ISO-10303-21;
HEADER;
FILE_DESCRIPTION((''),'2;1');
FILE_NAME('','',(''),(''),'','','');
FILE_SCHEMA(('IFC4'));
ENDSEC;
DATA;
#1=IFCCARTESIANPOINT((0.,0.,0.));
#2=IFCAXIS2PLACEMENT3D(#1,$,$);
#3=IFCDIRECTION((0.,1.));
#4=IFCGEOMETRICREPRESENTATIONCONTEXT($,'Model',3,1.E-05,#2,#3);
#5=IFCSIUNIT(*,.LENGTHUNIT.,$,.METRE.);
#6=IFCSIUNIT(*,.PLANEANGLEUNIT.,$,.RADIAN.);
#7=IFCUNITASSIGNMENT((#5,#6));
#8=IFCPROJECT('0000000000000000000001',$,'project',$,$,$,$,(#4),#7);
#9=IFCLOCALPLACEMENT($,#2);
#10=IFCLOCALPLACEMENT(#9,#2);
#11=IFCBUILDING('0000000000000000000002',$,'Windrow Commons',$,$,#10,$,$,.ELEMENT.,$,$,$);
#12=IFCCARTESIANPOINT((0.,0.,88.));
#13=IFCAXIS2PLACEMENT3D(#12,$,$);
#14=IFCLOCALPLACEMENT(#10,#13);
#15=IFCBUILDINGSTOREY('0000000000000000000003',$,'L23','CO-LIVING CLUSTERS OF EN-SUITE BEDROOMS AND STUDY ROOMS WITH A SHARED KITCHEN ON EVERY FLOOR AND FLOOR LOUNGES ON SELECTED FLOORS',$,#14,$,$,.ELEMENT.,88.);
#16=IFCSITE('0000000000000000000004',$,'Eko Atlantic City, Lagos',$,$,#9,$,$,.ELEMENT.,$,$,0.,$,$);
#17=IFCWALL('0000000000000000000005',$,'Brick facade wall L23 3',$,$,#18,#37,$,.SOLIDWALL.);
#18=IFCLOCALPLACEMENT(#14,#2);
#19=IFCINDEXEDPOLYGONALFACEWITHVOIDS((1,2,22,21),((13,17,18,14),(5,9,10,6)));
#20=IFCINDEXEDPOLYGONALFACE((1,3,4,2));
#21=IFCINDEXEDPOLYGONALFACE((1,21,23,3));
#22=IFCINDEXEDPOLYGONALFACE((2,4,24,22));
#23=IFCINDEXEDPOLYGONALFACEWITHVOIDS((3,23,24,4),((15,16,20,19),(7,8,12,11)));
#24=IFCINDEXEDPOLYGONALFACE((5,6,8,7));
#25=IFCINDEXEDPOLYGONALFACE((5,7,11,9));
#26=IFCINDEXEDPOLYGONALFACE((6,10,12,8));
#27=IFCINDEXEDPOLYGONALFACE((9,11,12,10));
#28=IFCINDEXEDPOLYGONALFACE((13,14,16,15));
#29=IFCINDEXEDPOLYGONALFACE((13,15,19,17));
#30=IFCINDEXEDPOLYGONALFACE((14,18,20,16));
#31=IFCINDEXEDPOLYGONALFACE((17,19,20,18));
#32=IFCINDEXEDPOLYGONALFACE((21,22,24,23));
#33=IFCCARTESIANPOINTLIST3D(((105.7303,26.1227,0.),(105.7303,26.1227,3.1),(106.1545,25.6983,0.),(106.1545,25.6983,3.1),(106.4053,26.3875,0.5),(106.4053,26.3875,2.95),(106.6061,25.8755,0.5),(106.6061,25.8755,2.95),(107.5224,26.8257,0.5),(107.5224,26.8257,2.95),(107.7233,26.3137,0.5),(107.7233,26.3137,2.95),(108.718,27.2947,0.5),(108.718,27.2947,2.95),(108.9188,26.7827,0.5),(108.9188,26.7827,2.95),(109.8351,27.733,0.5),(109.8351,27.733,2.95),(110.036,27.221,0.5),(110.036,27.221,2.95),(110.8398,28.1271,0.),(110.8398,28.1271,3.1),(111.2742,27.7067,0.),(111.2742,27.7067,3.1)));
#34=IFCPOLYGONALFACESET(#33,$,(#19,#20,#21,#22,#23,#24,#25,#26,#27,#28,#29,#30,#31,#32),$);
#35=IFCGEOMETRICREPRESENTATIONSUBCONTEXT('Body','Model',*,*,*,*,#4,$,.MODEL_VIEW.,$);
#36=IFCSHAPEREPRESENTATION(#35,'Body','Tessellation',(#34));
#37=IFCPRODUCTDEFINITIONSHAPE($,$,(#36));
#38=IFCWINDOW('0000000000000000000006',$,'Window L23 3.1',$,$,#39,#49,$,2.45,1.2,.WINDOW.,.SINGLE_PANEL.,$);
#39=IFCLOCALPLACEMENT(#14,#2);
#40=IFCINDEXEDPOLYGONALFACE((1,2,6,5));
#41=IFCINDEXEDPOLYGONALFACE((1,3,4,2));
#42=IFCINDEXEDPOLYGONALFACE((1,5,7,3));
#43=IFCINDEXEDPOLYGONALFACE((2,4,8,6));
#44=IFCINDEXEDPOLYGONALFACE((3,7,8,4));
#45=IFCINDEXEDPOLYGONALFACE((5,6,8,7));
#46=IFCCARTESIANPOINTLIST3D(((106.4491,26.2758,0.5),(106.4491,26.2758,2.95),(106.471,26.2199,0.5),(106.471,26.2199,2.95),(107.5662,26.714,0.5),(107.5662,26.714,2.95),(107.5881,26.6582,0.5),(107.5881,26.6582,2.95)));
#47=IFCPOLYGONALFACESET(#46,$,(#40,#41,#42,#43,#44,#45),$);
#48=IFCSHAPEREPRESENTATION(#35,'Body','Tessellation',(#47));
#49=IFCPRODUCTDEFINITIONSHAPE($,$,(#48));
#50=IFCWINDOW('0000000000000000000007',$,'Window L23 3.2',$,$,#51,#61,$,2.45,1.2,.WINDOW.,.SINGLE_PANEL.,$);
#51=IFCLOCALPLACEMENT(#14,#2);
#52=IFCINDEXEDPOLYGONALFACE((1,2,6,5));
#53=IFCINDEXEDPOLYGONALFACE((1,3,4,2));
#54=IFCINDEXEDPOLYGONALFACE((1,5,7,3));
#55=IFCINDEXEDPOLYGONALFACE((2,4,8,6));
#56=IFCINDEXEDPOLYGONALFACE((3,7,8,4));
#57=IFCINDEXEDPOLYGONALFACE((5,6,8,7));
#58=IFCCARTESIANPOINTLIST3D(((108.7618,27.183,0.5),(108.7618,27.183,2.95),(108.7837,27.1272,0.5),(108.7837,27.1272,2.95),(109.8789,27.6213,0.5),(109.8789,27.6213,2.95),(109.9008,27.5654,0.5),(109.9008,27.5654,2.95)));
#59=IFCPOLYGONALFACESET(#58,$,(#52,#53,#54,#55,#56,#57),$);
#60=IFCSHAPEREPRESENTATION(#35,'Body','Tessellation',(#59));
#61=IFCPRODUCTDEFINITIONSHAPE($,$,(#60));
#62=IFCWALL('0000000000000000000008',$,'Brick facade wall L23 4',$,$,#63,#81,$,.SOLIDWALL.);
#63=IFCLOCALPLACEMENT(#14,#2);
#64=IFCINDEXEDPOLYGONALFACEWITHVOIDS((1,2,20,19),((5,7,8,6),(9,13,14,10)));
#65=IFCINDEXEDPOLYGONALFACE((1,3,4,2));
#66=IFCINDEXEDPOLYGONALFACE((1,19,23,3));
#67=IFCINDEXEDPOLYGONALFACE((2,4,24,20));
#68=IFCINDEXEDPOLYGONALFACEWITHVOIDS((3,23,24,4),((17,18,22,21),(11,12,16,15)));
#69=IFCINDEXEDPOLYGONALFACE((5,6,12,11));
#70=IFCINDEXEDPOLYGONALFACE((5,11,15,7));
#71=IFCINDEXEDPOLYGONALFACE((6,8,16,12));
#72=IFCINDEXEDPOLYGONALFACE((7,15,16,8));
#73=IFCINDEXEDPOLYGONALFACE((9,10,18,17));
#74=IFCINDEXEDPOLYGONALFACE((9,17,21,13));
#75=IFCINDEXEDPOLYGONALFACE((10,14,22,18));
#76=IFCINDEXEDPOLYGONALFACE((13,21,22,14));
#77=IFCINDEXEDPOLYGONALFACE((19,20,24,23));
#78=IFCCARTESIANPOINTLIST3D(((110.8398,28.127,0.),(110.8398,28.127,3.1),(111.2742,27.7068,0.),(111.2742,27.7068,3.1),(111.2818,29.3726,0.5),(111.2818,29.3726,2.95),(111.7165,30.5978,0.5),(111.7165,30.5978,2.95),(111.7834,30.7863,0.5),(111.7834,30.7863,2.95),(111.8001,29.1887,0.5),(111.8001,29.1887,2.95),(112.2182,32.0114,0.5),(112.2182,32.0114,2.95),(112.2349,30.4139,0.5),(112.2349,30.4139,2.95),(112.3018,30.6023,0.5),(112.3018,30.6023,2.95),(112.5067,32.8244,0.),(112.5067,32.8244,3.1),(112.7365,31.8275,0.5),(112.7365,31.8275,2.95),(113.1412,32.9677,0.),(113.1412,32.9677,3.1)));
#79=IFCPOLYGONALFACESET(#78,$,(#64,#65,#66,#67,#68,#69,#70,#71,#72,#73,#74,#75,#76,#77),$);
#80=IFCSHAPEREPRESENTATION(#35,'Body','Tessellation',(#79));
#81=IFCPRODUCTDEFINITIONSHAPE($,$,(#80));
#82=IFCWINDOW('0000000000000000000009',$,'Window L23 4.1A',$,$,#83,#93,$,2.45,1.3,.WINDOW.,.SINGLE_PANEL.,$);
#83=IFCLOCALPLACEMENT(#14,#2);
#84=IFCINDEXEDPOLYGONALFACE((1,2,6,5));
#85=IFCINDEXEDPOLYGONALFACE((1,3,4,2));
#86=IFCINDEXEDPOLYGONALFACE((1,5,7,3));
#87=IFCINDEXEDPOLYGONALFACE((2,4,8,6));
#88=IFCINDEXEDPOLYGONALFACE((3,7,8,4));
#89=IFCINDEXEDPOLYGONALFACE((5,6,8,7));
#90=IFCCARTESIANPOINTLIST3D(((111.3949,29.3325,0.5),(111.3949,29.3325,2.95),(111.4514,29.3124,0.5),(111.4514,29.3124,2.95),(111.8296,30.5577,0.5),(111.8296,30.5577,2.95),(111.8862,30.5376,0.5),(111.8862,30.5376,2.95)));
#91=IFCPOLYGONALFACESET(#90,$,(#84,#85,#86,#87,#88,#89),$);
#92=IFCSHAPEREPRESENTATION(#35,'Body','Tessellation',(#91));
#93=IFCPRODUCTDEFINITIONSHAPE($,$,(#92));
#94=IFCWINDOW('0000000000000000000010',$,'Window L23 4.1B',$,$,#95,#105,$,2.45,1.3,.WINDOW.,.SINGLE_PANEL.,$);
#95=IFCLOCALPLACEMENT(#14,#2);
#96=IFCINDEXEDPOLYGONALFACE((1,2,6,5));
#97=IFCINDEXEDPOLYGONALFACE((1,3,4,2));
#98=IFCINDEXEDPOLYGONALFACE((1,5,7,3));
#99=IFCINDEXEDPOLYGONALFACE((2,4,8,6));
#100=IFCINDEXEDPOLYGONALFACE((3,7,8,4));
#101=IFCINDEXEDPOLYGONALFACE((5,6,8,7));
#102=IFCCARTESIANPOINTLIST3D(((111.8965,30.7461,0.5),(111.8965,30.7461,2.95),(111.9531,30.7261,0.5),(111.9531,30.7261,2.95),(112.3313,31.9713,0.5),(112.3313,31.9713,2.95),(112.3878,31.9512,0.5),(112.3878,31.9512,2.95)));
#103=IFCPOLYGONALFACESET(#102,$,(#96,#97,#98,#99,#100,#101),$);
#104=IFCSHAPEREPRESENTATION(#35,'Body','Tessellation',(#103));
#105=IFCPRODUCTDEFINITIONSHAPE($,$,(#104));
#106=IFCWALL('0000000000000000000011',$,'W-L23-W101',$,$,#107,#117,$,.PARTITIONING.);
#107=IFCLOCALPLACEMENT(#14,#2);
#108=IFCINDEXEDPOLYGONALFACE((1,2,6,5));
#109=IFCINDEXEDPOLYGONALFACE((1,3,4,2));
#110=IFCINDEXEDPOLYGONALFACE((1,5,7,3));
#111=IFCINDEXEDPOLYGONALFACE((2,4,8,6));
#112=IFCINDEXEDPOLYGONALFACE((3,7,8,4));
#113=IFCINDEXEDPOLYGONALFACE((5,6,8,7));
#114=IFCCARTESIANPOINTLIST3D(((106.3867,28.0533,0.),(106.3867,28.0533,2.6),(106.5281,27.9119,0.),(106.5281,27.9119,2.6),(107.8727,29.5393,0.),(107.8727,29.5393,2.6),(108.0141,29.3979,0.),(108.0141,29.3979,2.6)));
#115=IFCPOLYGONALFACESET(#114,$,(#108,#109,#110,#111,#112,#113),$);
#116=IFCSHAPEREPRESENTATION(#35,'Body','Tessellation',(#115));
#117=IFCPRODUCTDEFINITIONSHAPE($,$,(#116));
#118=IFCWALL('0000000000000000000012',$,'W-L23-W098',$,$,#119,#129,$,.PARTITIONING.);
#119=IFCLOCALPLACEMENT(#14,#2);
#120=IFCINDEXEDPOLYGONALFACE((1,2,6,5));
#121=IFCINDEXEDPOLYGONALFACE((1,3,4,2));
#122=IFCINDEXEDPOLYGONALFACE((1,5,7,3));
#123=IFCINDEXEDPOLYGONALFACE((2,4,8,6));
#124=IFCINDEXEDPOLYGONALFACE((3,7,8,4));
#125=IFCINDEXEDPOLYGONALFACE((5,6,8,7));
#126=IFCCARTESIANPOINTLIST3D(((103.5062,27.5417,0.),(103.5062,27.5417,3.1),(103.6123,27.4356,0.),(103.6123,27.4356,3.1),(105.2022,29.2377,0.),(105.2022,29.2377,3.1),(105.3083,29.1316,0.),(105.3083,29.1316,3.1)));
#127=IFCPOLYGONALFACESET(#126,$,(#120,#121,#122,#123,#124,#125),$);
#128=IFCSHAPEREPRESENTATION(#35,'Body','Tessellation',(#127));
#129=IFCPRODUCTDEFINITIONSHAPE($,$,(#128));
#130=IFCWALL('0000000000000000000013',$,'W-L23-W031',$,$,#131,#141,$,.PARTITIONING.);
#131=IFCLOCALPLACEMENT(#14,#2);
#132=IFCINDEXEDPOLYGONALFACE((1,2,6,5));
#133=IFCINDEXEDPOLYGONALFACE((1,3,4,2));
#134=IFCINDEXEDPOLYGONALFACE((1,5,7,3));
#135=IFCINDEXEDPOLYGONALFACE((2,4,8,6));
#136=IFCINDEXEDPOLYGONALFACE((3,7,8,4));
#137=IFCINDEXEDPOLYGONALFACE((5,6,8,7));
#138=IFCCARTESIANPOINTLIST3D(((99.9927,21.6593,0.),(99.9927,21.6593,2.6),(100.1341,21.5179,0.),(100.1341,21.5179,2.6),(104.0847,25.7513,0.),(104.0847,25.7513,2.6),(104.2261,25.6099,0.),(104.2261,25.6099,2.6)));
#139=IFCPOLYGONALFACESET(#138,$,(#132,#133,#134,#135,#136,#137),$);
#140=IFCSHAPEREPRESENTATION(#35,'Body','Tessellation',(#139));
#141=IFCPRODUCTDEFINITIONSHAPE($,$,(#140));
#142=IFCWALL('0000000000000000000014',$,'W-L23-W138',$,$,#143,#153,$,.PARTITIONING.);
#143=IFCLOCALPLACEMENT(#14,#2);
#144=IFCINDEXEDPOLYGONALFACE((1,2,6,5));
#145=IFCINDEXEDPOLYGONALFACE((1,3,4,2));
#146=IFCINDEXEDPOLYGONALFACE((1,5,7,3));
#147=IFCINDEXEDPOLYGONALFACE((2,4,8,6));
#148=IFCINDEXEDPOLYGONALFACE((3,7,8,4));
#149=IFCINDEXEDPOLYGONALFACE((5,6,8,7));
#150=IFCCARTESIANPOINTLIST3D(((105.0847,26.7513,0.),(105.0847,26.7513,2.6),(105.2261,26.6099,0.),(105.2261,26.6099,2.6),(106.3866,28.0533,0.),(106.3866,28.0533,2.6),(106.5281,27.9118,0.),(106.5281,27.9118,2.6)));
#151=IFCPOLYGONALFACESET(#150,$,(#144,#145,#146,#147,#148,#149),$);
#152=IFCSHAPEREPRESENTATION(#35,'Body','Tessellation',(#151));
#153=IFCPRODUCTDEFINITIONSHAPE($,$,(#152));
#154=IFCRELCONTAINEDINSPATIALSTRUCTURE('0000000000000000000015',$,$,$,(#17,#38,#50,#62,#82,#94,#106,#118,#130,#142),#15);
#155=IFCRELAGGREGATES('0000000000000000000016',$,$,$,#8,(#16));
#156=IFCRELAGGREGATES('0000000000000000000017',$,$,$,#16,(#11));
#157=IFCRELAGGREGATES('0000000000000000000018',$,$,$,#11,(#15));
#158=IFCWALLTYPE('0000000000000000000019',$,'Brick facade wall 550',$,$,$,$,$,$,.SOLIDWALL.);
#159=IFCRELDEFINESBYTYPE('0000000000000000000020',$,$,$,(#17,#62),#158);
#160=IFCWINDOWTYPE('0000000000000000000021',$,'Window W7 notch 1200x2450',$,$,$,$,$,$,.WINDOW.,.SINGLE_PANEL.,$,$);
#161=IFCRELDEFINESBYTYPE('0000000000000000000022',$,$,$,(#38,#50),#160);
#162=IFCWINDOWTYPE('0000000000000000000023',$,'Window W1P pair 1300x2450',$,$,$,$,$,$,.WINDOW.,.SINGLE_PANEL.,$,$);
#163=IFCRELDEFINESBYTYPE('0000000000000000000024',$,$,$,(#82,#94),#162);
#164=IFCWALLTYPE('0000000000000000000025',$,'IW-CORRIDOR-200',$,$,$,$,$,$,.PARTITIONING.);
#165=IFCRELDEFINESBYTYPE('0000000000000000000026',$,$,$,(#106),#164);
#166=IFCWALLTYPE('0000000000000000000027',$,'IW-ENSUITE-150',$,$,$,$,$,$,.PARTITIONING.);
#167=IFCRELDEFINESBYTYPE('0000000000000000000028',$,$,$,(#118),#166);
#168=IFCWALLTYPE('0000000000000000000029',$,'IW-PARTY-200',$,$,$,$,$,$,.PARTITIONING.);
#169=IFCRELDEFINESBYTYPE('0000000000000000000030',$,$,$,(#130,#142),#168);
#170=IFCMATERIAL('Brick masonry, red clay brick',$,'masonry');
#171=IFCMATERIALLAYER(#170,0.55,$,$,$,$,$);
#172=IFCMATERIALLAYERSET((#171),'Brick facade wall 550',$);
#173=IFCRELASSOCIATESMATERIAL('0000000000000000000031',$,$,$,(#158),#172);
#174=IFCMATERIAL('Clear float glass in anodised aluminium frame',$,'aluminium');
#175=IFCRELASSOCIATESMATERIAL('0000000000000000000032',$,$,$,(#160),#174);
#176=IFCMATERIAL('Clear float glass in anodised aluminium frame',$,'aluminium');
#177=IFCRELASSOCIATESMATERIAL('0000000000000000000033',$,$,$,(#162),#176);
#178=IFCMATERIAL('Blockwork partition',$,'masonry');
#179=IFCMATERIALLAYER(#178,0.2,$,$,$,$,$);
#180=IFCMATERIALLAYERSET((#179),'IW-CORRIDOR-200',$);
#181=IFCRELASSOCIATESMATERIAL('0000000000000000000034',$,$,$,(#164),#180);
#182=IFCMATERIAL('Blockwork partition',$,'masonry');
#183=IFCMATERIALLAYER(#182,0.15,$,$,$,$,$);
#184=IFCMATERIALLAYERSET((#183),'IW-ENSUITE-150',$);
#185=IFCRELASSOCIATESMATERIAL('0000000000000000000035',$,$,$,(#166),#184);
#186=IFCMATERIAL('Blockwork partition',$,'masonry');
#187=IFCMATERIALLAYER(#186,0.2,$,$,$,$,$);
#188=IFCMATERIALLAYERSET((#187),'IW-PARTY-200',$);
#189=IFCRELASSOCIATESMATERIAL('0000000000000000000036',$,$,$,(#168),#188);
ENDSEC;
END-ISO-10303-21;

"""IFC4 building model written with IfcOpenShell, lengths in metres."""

from ifc_helpers import new_model, si_unit, direction, frame, frame_2d, origin, place, context, subcontext, project, spatial, polyline, rectangle, outline, extrude, material, layer, layer_set, type_object, element, fill, save


model = new_model("IFC4")

# Units and contexts
model_context = context("Model", 3, precision=1e-05, world=origin(), true_north=direction((0.0, 1.0)))
body_context = subcontext(model_context, "Body", "Model", "MODEL_VIEW")
ifc_project = project(units=[si_unit("LENGTHUNIT", "METRE"), si_unit("PLANEANGLEUNIT", "RADIAN")], contexts=[model_context])

# Site, building, storey
site_placement = place(None, origin())
site = spatial("IfcSite", under=ifc_project, at=site_placement, Name="Eko Atlantic City, Lagos", CompositionType="ELEMENT", RefElevation=0.0)
building_placement = place(site_placement, origin())
building = spatial("IfcBuilding", under=site, at=building_placement, Name="Windrow Commons", CompositionType="ELEMENT")
storey_placement = place(building_placement, frame((0.0, 0.0, 88.0)))
storey = spatial("IfcBuildingStorey", under=building, at=storey_placement, Name="L23", Description="CO-LIVING CLUSTERS OF EN-SUITE BEDROOMS AND STUDY ROOMS WITH A SHARED KITCHEN ON EVERY FLOOR AND FLOOR LOUNGES ON SELECTED FLOORS", CompositionType="ELEMENT", Elevation=88.0)

# Walls, openings, windows
ifc_material_1 = material(Name="Brick masonry, red clay brick", Category="masonry")
ifc_layer_1 = layer(ifc_material_1, 0.55)
ifc_layer_set_1 = layer_set([ifc_layer_1], Name="Brick facade wall 550")
wall_type_1 = type_object("IfcWallType", Name="Brick facade wall 550", PredefinedType="SOLIDWALL", material=ifc_layer_set_1)
ifc_material_2 = material(Name="Clear float glass in anodised aluminium frame", Category="aluminium")
window_type_1 = type_object("IfcWindowType", Name="Window W7 notch 1200x2450", PartitioningType="SINGLE_PANEL", PredefinedType="WINDOW", material=ifc_material_2)
ifc_material_3 = material(Name="Clear float glass in anodised aluminium frame", Category="aluminium")
window_type_2 = type_object("IfcWindowType", Name="Window W1P pair 1300x2450", PartitioningType="SINGLE_PANEL", PredefinedType="WINDOW", material=ifc_material_3)
wall_1_placement = place(storey_placement, frame((105.9424, 25.9105, 0.0), z_axis=(0.0, 0.0, 1.0), x_axis=(0.930931, 0.365194, 0.0)))
wall_1 = element("IfcWall", 1, at=wall_1_placement, inside=storey, type_object=wall_type_1, Name="Brick facade wall L23 3", PredefinedType="SOLIDWALL", context=body_context, shape_type="SweptSolid", body=[
    extrude(outline(polyline([(0.12, -0.275), (5.6195, -0.275), (5.3686, 0.275), (-0.12, 0.275), (0.12, -0.275)])), origin(), (0.0, 0.0, 1.0), 3.1),
])
opening_1_placement = place(wall_1_placement, frame((0.6051, 0.0, 0.5)))
opening_1 = element("IfcOpeningElement", 2, at=opening_1_placement, cuts=wall_1, PredefinedType="OPENING", context=body_context, shape_type="SweptSolid", body=[
    extrude(rectangle(XDim=1.2, YDim=2.45, at=frame_2d((0.6, 1.225))), frame((0.0, 0.285, 0.0), z_axis=(0.0, -1.0, 0.0), x_axis=(1.0, 0.0, 0.0)), (0.0, 0.0, 1.0), 0.57),
])
opening_2_placement = place(wall_1_placement, frame((3.0894, 0.0, 0.5)))
opening_2 = element("IfcOpeningElement", 3, at=opening_2_placement, cuts=wall_1, PredefinedType="OPENING", context=body_context, shape_type="SweptSolid", body=[
    extrude(rectangle(XDim=1.2, YDim=2.45, at=frame_2d((0.6, 1.225))), frame((0.0, 0.285, 0.0), z_axis=(0.0, -1.0, 0.0), x_axis=(1.0, 0.0, 0.0)), (0.0, 0.0, 1.0), 0.57),
])
window_1_placement = place(opening_1_placement, origin())
window_1 = element("IfcWindow", 4, at=window_1_placement, inside=storey, type_object=window_type_1, Name="Window L23 3.1", OverallHeight=2.45, OverallWidth=1.2, PartitioningType="SINGLE_PANEL", PredefinedType="WINDOW", context=body_context, shape_type="SweptSolid", body=[
    extrude(rectangle(XDim=1.2, YDim=2.45, at=frame_2d((0.6, 1.225))), frame((0.0, 0.155, 0.0), z_axis=(0.0, -1.0, 0.0), x_axis=(1.0, 0.0, 0.0)), (0.0, 0.0, 1.0), 0.06),
])
fill(opening_1, window_1)
window_2_placement = place(opening_2_placement, origin())
window_2 = element("IfcWindow", 5, at=window_2_placement, inside=storey, type_object=window_type_1, Name="Window L23 3.2", OverallHeight=2.45, OverallWidth=1.2, PartitioningType="SINGLE_PANEL", PredefinedType="WINDOW", context=body_context, shape_type="SweptSolid", body=[
    extrude(rectangle(XDim=1.2, YDim=2.45, at=frame_2d((0.6, 1.225))), frame((0.0, 0.155, 0.0), z_axis=(0.0, -1.0, 0.0), x_axis=(1.0, 0.0, 0.0)), (0.0, 0.0, 1.0), 0.06),
])
fill(opening_2, window_2)
wall_2_placement = place(storey_placement, frame((111.057, 27.9169, 0.0), z_axis=(0.0, 0.0, 1.0), x_axis=(0.33443, 0.94242, 0.0)))
wall_2 = element("IfcWall", 6, at=wall_2_placement, inside=storey, type_object=wall_type_1, Name="Brick facade wall L23 4", PredefinedType="SOLIDWALL", context=body_context, shape_type="SweptSolid", body=[
    extrude(outline(polyline([(-0.1254, -0.275), (5.457, -0.275), (5.1097, 0.275), (0.1254, 0.275), (-0.1254, -0.275)])), origin(), (0.0, 0.0, 1.0), 3.1),
])
opening_3_placement = place(wall_2_placement, frame((1.4471, 0.0, 0.5)))
opening_3 = element("IfcOpeningElement", 7, at=opening_3_placement, cuts=wall_2, PredefinedType="OPENING", context=body_context, shape_type="SweptSolid", body=[
    extrude(rectangle(XDim=1.3, YDim=2.45, at=frame_2d((0.65, 1.225))), frame((0.0, 0.285, 0.0), z_axis=(0.0, -1.0, 0.0), x_axis=(1.0, 0.0, 0.0)), (0.0, 0.0, 1.0), 0.57),
])
opening_4_placement = place(wall_2_placement, frame((2.9471, 0.0, 0.5)))
opening_4 = element("IfcOpeningElement", 8, at=opening_4_placement, cuts=wall_2, PredefinedType="OPENING", context=body_context, shape_type="SweptSolid", body=[
    extrude(rectangle(XDim=1.3, YDim=2.45, at=frame_2d((0.65, 1.225))), frame((0.0, 0.285, 0.0), z_axis=(0.0, -1.0, 0.0), x_axis=(1.0, 0.0, 0.0)), (0.0, 0.0, 1.0), 0.57),
])
window_3_placement = place(opening_3_placement, origin())
window_3 = element("IfcWindow", 9, at=window_3_placement, inside=storey, type_object=window_type_2, Name="Window L23 4.1A", OverallHeight=2.45, OverallWidth=1.3, PartitioningType="SINGLE_PANEL", PredefinedType="WINDOW", context=body_context, shape_type="SweptSolid", body=[
    extrude(rectangle(XDim=1.3, YDim=2.45, at=frame_2d((0.65, 1.225))), frame((0.0, 0.155, 0.0), z_axis=(0.0, -1.0, 0.0), x_axis=(1.0, 0.0, 0.0)), (0.0, 0.0, 1.0), 0.06),
])
fill(opening_3, window_3)
window_4_placement = place(opening_4_placement, origin())
window_4 = element("IfcWindow", 10, at=window_4_placement, inside=storey, type_object=window_type_2, Name="Window L23 4.1B", OverallHeight=2.45, OverallWidth=1.3, PartitioningType="SINGLE_PANEL", PredefinedType="WINDOW", context=body_context, shape_type="SweptSolid", body=[
    extrude(rectangle(XDim=1.3, YDim=2.45, at=frame_2d((0.65, 1.225))), frame((0.0, 0.155, 0.0), z_axis=(0.0, -1.0, 0.0), x_axis=(1.0, 0.0, 0.0)), (0.0, 0.0, 1.0), 0.06),
])
fill(opening_4, window_4)

# Walls
ifc_material_4 = material(Name="Blockwork partition", Category="masonry")
ifc_layer_2 = layer(ifc_material_4, 0.2)
ifc_layer_set_2 = layer_set([ifc_layer_2], Name="IW-CORRIDOR-200")
wall_type_2 = type_object("IfcWallType", Name="IW-CORRIDOR-200", PredefinedType="PARTITIONING", material=ifc_layer_set_2)
wall_3_placement = place(storey_placement, frame((106.4574, 27.9826, 0.0), z_axis=(0.0, 0.0, 1.0), x_axis=(0.707107, 0.707107, 0.0)))
element("IfcWall", 11, at=wall_3_placement, inside=storey, type_object=wall_type_2, Name="W-L23-W101", PredefinedType="PARTITIONING", context=body_context, shape_type="SweptSolid", body=[
    extrude(rectangle(XDim=2.1015, YDim=0.2, at=frame_2d((1.0508, 0.0))), origin(), (0.0, 0.0, 1.0), 2.6),
])
ifc_material_5 = material(Name="Blockwork partition", Category="masonry")
ifc_layer_3 = layer(ifc_material_5, 0.15)
ifc_layer_set_3 = layer_set([ifc_layer_3], Name="IW-ENSUITE-150")
wall_type_3 = type_object("IfcWallType", Name="IW-ENSUITE-150", PredefinedType="PARTITIONING", material=ifc_layer_set_3)
wall_4_placement = place(storey_placement, frame((103.5593, 27.4887, 0.0), z_axis=(0.0, 0.0, 1.0), x_axis=(0.707107, 0.707107, 0.0)))
element("IfcWall", 12, at=wall_4_placement, inside=storey, type_object=wall_type_3, Name="W-L23-W098", PredefinedType="PARTITIONING", context=body_context, shape_type="SweptSolid", body=[
    extrude(rectangle(XDim=2.3985, YDim=0.15, at=frame_2d((1.1992, 0.0))), origin(), (0.0, 0.0, 1.0), 3.1),
])
ifc_material_6 = material(Name="Blockwork partition", Category="masonry")
ifc_layer_4 = layer(ifc_material_6, 0.2)
ifc_layer_set_4 = layer_set([ifc_layer_4], Name="IW-PARTY-200")
wall_type_4 = type_object("IfcWallType", Name="IW-PARTY-200", PredefinedType="PARTITIONING", material=ifc_layer_set_4)
wall_5_placement = place(storey_placement, frame((100.0634, 21.5886, 0.0), z_axis=(0.0, 0.0, 1.0), x_axis=(0.707107, 0.707107, 0.0)))
element("IfcWall", 13, at=wall_5_placement, inside=storey, type_object=wall_type_4, Name="W-L23-W031", PredefinedType="PARTITIONING", context=body_context, shape_type="SweptSolid", body=[
    extrude(rectangle(XDim=5.787, YDim=0.2, at=frame_2d((2.8935, 0.0))), origin(), (0.0, 0.0, 1.0), 2.6),
])
wall_6_placement = place(storey_placement, frame((105.1554, 26.6806, 0.0), z_axis=(0.0, 0.0, 1.0), x_axis=(0.707107, 0.707107, 0.0)))
element("IfcWall", 14, at=wall_6_placement, inside=storey, type_object=wall_type_4, Name="W-L23-W138", PredefinedType="PARTITIONING", context=body_context, shape_type="SweptSolid", body=[
    extrude(rectangle(XDim=1.8413, YDim=0.2, at=frame_2d((0.9206, 0.0))), origin(), (0.0, 0.0, 1.0), 2.6),
])

save(model, "model.ifc")
